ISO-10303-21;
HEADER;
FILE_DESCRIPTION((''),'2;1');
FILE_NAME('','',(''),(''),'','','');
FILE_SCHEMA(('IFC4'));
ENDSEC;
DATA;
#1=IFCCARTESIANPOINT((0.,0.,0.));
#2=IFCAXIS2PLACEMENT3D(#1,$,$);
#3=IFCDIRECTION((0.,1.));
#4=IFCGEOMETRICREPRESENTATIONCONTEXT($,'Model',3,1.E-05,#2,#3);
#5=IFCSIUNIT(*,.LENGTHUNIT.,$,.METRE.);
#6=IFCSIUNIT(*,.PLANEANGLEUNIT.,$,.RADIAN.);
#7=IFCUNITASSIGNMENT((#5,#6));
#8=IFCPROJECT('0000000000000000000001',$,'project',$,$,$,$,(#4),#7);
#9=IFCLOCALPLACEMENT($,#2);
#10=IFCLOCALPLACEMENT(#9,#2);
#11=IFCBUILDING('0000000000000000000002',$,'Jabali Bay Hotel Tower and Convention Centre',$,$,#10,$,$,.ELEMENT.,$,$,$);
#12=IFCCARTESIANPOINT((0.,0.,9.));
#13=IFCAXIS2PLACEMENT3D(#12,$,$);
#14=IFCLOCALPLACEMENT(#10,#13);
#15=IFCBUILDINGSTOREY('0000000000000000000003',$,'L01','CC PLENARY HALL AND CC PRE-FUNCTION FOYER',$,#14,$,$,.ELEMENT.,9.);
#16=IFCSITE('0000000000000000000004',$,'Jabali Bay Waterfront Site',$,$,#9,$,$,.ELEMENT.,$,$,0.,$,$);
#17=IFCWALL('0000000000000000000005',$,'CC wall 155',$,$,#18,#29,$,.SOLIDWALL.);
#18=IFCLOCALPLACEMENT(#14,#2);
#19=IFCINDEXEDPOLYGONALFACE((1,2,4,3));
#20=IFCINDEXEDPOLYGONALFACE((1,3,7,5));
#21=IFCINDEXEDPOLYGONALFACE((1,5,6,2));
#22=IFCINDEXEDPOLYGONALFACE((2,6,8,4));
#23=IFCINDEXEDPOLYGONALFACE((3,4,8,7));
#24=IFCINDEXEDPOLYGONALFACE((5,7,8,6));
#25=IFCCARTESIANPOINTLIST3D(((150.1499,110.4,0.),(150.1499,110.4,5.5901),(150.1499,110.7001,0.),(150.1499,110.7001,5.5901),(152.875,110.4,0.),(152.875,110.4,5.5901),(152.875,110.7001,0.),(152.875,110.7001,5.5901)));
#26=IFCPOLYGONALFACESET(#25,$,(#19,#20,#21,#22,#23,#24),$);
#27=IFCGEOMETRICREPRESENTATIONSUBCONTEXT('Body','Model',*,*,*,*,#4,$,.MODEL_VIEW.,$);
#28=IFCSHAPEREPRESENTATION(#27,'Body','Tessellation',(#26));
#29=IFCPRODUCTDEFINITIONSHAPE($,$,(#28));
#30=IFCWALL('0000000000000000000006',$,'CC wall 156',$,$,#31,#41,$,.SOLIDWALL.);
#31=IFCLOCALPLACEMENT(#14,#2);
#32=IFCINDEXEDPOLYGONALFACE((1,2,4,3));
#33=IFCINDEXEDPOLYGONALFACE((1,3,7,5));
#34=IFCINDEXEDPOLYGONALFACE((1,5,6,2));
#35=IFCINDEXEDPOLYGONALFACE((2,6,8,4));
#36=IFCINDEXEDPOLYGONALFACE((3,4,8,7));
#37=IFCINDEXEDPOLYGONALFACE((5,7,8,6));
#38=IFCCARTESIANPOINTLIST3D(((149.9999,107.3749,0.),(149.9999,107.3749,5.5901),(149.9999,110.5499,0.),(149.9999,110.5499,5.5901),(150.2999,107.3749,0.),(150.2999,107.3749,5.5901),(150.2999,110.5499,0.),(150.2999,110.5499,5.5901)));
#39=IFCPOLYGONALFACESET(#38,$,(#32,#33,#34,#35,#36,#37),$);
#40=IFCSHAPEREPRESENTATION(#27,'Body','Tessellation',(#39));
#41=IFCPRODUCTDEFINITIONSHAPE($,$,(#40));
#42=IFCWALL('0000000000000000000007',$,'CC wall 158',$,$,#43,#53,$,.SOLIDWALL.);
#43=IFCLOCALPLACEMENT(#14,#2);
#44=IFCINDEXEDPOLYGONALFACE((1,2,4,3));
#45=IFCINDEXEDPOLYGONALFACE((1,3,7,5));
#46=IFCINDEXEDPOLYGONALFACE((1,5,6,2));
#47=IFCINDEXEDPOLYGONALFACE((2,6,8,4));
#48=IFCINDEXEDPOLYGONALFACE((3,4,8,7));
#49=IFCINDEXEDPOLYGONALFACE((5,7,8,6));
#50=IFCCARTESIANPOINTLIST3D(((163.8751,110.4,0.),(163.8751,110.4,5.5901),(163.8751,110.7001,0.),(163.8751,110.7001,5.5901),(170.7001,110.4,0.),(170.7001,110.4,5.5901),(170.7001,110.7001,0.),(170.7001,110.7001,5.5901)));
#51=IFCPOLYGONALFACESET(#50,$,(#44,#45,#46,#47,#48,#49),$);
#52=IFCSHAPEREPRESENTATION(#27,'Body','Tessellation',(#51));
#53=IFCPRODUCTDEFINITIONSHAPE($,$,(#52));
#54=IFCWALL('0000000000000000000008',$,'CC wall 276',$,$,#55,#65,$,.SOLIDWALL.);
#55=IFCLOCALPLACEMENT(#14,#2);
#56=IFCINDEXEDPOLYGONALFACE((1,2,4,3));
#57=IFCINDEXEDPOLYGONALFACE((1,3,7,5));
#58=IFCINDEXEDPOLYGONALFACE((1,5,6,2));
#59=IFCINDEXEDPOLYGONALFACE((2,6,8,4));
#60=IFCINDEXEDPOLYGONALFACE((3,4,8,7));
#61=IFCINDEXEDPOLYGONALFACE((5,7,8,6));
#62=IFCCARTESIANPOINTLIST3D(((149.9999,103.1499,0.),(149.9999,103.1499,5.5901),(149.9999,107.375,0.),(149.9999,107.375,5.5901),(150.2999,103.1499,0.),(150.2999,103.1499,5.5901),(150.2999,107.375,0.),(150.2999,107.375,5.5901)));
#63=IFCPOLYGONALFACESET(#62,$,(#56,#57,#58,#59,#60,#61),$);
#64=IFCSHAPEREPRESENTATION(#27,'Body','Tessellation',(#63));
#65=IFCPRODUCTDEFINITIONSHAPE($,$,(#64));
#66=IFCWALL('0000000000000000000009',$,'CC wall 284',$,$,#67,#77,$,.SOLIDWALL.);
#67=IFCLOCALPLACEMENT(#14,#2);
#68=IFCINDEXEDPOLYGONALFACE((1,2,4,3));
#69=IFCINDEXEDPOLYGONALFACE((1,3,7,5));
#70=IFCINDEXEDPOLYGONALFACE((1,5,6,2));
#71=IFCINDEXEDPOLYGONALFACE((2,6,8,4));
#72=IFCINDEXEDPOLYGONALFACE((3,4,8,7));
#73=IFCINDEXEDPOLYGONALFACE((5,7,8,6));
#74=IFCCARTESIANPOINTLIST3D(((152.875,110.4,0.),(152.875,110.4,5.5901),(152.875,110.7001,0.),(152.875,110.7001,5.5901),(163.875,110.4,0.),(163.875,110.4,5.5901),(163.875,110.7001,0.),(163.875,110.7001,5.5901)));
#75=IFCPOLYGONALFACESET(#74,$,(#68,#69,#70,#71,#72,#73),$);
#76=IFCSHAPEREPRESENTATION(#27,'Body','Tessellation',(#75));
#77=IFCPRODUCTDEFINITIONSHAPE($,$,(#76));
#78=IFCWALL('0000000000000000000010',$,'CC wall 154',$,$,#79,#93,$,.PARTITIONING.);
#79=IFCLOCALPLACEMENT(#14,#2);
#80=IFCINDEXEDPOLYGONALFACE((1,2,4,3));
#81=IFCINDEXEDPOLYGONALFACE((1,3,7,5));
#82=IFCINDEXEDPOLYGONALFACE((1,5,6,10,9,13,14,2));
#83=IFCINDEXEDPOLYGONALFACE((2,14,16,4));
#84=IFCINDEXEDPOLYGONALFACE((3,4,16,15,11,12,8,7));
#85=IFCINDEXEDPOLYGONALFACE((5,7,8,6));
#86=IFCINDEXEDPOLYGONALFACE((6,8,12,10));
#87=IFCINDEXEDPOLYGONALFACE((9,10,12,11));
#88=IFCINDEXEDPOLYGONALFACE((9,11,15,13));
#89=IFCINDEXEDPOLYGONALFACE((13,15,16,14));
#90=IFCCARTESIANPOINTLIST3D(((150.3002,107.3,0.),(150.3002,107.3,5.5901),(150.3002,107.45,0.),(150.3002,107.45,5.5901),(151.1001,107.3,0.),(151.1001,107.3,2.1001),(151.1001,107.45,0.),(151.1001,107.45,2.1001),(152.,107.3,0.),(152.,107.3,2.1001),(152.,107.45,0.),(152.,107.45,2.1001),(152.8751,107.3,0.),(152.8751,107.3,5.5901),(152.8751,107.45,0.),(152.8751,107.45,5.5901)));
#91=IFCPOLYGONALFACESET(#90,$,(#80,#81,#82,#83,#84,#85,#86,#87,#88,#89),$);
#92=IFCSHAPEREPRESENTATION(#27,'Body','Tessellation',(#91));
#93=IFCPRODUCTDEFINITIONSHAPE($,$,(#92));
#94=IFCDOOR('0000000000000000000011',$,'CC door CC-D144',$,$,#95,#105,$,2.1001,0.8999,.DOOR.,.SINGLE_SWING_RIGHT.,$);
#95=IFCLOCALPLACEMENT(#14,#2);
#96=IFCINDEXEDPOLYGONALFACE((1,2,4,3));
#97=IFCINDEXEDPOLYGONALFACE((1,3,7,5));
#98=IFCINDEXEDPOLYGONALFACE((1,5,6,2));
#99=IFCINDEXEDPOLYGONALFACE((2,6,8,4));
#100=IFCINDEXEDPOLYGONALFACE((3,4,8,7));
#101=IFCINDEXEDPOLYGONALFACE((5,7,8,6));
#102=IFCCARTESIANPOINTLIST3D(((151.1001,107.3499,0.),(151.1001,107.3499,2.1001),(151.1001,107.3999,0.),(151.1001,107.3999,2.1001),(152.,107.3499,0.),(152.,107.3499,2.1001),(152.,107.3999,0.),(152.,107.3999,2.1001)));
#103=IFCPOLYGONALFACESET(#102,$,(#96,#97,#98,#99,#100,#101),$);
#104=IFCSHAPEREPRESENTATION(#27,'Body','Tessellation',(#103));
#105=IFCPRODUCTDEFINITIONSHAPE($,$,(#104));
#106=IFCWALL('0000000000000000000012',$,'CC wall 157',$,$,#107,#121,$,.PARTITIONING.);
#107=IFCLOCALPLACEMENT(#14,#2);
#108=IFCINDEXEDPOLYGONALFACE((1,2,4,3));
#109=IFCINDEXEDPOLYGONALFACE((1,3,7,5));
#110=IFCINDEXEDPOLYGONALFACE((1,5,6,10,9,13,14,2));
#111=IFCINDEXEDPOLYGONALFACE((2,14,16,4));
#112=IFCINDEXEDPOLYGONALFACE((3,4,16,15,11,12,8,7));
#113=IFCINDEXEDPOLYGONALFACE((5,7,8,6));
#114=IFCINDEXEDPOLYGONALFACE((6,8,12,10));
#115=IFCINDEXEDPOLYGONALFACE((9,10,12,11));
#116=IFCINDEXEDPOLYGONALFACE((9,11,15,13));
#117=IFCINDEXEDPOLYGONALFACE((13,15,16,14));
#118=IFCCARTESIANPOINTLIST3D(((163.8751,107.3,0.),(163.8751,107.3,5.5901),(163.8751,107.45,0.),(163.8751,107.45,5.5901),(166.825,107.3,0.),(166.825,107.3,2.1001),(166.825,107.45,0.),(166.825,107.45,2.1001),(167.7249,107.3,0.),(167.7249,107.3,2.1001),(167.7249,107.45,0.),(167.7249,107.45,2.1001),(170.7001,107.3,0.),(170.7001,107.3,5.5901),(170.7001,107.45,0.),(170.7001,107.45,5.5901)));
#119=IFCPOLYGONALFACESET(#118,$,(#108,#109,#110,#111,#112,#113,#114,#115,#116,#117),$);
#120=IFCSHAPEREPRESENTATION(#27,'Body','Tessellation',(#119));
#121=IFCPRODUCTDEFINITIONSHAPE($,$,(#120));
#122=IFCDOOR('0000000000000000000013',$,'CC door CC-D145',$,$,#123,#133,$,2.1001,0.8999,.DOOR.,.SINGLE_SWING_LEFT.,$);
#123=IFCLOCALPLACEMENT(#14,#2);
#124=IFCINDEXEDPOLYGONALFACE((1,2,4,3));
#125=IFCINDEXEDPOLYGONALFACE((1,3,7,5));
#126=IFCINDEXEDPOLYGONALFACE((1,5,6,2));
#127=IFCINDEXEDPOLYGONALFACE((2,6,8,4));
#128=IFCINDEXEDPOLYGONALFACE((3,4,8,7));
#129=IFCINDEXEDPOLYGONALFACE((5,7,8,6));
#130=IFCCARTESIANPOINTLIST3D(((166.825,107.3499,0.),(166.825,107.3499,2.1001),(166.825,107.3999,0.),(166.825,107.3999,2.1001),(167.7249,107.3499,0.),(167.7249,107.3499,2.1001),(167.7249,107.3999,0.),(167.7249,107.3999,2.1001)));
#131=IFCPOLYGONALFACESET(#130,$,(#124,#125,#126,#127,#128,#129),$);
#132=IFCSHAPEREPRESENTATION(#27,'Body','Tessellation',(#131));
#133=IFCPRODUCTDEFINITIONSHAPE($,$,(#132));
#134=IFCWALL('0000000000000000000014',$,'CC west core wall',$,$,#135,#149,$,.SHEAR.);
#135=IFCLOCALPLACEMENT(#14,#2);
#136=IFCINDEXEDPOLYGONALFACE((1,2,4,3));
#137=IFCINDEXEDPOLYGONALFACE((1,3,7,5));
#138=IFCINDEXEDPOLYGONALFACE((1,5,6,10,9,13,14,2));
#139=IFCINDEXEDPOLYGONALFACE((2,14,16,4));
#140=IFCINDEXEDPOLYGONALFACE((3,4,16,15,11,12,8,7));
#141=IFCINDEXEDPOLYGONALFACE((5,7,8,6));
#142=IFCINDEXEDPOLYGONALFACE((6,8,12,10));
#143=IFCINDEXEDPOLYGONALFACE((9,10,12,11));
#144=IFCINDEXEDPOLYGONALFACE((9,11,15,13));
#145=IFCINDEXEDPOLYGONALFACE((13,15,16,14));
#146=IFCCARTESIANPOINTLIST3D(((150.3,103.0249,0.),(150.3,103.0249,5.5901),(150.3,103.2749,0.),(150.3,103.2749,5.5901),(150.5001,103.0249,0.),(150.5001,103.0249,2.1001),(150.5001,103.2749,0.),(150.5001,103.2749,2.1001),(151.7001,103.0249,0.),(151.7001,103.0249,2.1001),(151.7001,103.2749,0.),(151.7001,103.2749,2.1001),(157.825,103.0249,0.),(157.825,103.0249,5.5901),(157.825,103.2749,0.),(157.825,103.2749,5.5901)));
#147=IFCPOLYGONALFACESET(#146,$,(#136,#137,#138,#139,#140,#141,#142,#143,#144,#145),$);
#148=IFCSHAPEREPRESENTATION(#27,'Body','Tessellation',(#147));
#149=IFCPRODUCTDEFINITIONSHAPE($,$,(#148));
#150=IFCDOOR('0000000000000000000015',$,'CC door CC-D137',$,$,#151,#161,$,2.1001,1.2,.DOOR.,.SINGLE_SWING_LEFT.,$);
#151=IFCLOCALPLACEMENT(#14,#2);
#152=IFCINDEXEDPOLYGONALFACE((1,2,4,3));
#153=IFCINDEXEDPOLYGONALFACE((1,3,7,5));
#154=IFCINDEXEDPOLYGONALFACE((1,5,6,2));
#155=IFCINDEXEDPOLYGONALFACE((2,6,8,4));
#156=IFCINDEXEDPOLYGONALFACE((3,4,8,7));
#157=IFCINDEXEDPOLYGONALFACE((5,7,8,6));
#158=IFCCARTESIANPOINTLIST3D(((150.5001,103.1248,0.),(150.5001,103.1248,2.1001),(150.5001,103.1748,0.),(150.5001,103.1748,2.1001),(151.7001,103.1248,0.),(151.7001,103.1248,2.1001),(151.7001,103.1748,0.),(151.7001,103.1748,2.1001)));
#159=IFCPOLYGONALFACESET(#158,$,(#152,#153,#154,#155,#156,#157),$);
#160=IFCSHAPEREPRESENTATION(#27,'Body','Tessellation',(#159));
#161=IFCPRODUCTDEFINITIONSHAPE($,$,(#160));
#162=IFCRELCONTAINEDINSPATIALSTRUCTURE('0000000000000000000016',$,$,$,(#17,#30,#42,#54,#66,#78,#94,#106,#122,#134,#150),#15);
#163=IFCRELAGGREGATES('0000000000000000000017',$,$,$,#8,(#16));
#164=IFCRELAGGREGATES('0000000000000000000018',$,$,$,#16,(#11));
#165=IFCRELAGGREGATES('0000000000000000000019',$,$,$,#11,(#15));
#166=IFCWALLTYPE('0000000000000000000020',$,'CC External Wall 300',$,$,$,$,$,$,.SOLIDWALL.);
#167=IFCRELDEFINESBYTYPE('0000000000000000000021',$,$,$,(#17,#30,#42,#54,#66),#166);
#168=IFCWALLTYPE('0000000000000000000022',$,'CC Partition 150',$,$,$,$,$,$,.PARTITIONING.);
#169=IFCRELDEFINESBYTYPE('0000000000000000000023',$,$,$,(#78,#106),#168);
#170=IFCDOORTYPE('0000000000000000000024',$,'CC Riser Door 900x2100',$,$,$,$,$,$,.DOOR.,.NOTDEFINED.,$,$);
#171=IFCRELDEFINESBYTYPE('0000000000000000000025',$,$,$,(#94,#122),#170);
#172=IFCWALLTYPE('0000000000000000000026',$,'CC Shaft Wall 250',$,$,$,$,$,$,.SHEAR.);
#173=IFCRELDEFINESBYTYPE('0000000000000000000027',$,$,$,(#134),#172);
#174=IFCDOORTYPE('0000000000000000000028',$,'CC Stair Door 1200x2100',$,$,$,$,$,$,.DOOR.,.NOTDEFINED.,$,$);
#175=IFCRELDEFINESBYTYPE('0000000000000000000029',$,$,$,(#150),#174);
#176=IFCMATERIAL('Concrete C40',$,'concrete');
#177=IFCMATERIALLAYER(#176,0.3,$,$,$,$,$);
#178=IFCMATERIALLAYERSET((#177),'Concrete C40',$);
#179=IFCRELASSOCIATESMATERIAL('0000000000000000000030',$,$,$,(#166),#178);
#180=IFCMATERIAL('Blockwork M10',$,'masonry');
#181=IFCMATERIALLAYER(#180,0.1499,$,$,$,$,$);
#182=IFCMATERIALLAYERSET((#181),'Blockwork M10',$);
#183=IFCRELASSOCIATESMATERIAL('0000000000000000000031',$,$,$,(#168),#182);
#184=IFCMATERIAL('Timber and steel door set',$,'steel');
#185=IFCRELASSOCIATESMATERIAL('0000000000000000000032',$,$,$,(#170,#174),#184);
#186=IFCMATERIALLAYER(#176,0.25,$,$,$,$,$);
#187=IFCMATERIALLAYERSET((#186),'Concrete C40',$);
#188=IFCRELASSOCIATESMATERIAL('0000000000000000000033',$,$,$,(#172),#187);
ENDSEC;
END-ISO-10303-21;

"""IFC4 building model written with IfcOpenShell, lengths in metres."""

from ifc_helpers import new_model, si_unit, direction, frame, frame_2d, origin, place, context, subcontext, project, spatial, rectangle, extrude, material, layer, layer_set, type_object, element, fill, save


model = new_model("IFC4")

# Units and contexts
model_context = context("Model", 3, precision=1e-05, world=origin(), true_north=direction((0.0, 1.0)))
body_context = subcontext(model_context, "Body", "Model", "MODEL_VIEW")
ifc_project = project(units=[si_unit("LENGTHUNIT", "METRE"), si_unit("PLANEANGLEUNIT", "RADIAN")], contexts=[model_context])

# Site, building, storey
site_placement = place(None, origin())
site = spatial("IfcSite", under=ifc_project, at=site_placement, Name="Jabali Bay Waterfront Site", CompositionType="ELEMENT", RefElevation=0.0)
building_placement = place(site_placement, origin())
building = spatial("IfcBuilding", under=site, at=building_placement, Name="Jabali Bay Hotel Tower and Convention Centre", CompositionType="ELEMENT")
storey_placement = place(building_placement, frame((0.0, 0.0, 9.0)))
storey = spatial("IfcBuildingStorey", under=building, at=storey_placement, Name="L01", Description="CC PLENARY HALL AND CC PRE-FUNCTION FOYER", CompositionType="ELEMENT", Elevation=9.0)

# Walls
ifc_material_1 = material(Name="Concrete C40", Category="concrete")
ifc_layer_1 = layer(ifc_material_1, 0.3)
ifc_layer_set_1 = layer_set([ifc_layer_1], Name="Concrete C40")
wall_type_1 = type_object("IfcWallType", Name="CC External Wall 300", PredefinedType="SOLIDWALL", material=ifc_layer_set_1)
wall_1_placement = place(storey_placement, frame((150.1499, 110.55, 0.0), z_axis=(0.0, 0.0, 1.0), x_axis=(1.0, 0.0, 0.0)))
element("IfcWall", 1, at=wall_1_placement, inside=storey, type_object=wall_type_1, Name="CC wall 155", PredefinedType="SOLIDWALL", context=body_context, shape_type="SweptSolid", body=[
    extrude(rectangle(XDim=2.7251, YDim=0.3, at=frame_2d((1.3625, 0.0))), origin(), (0.0, 0.0, 1.0), 5.5901),
])
wall_2_placement = place(storey_placement, frame((150.1499, 107.375, 0.0), z_axis=(0.0, 0.0, 1.0), x_axis=(0.0, 1.0, 0.0)))
element("IfcWall", 2, at=wall_2_placement, inside=storey, type_object=wall_type_1, Name="CC wall 156", PredefinedType="SOLIDWALL", context=body_context, shape_type="SweptSolid", body=[
    extrude(rectangle(XDim=3.175, YDim=0.3, at=frame_2d((1.5874, 0.0))), origin(), (0.0, 0.0, 1.0), 5.5901),
])
wall_3_placement = place(storey_placement, frame((163.875, 110.55, 0.0), z_axis=(0.0, 0.0, 1.0), x_axis=(1.0, 0.0, 0.0)))
element("IfcWall", 3, at=wall_3_placement, inside=storey, type_object=wall_type_1, Name="CC wall 158", PredefinedType="SOLIDWALL", context=body_context, shape_type="SweptSolid", body=[
    extrude(rectangle(XDim=6.825, YDim=0.3, at=frame_2d((3.4126, 0.0))), origin(), (0.0, 0.0, 1.0), 5.5901),
])
wall_4_placement = place(storey_placement, frame((150.1499, 103.1499, 0.0), z_axis=(0.0, 0.0, 1.0), x_axis=(0.0, 1.0, 0.0)))
element("IfcWall", 4, at=wall_4_placement, inside=storey, type_object=wall_type_1, Name="CC wall 276", PredefinedType="SOLIDWALL", context=body_context, shape_type="SweptSolid", body=[
    extrude(rectangle(XDim=4.2251, YDim=0.3, at=frame_2d((2.1125, 0.0))), origin(), (0.0, 0.0, 1.0), 5.5901),
])
wall_5_placement = place(storey_placement, frame((152.875, 110.55, 0.0), z_axis=(0.0, 0.0, 1.0), x_axis=(1.0, 0.0, 0.0)))
element("IfcWall", 5, at=wall_5_placement, inside=storey, type_object=wall_type_1, Name="CC wall 284", PredefinedType="SOLIDWALL", context=body_context, shape_type="SweptSolid", body=[
    extrude(rectangle(XDim=11.0, YDim=0.3, at=frame_2d((5.5, 0.0))), origin(), (0.0, 0.0, 1.0), 5.5901),
])

# Walls, openings, doors
ifc_material_2 = material(Name="Blockwork M10", Category="masonry")
ifc_layer_2 = layer(ifc_material_2, 0.1499)
ifc_layer_set_2 = layer_set([ifc_layer_2], Name="Blockwork M10")
wall_type_2 = type_object("IfcWallType", Name="CC Partition 150", PredefinedType="PARTITIONING", material=ifc_layer_set_2)
wall_6_placement = place(storey_placement, frame((150.3, 107.375, 0.0), z_axis=(0.0, 0.0, 1.0), x_axis=(1.0, 0.0, 0.0)))
wall_6 = element("IfcWall", 6, at=wall_6_placement, inside=storey, type_object=wall_type_2, Name="CC wall 154", PredefinedType="PARTITIONING", context=body_context, shape_type="SweptSolid", body=[
    extrude(rectangle(XDim=2.575, YDim=0.1499, at=frame_2d((1.2876, 0.0))), origin(), (0.0, 0.0, 1.0), 5.5901),
])
opening_1_placement = place(wall_6_placement, frame((0.8, 0.0, 0.0)))
opening_1 = element("IfcOpeningElement", 7, at=opening_1_placement, cuts=wall_6, PredefinedType="OPENING", context=body_context, shape_type="SweptSolid", body=[
    extrude(rectangle(XDim=0.8999, YDim=2.1001, at=frame_2d((0.45, 1.05))), frame((0.0, 0.0854, 0.0), z_axis=(0.0, -1.0, 0.0), x_axis=(1.0, 0.0, 0.0)), (0.0, 0.0, 1.0), 0.1709),
])
ifc_material_3 = material(Name="Timber and steel door set", Category="steel")
door_type_1 = type_object("IfcDoorType", Name="CC Riser Door 900x2100", OperationType="NOTDEFINED", PredefinedType="DOOR", material=ifc_material_3)
door_1_placement = place(opening_1_placement, origin())
door_1 = element("IfcDoor", 8, at=door_1_placement, inside=storey, type_object=door_type_1, Name="CC door CC-D144", OperationType="SINGLE_SWING_RIGHT", OverallHeight=2.1001, OverallWidth=0.8999, PredefinedType="DOOR", context=body_context, shape_type="SweptSolid", body=[
    extrude(rectangle(XDim=0.8999, YDim=2.1001, at=frame_2d((0.45, 1.05))), frame((0.0, 0.0249, 0.0), z_axis=(0.0, -1.0, 0.0), x_axis=(1.0, 0.0, 0.0)), (0.0, 0.0, 1.0), 0.05),
])
fill(opening_1, door_1)
wall_7_placement = place(storey_placement, frame((163.875, 107.375, 0.0), z_axis=(0.0, 0.0, 1.0), x_axis=(1.0, 0.0, 0.0)))
wall_7 = element("IfcWall", 9, at=wall_7_placement, inside=storey, type_object=wall_type_2, Name="CC wall 157", PredefinedType="PARTITIONING", context=body_context, shape_type="SweptSolid", body=[
    extrude(rectangle(XDim=6.825, YDim=0.1499, at=frame_2d((3.4126, 0.0))), origin(), (0.0, 0.0, 1.0), 5.5901),
])
opening_2_placement = place(wall_7_placement, frame((2.95, 0.0, 0.0)))
opening_2 = element("IfcOpeningElement", 10, at=opening_2_placement, cuts=wall_7, PredefinedType="OPENING", context=body_context, shape_type="SweptSolid", body=[
    extrude(rectangle(XDim=0.8999, YDim=2.1001, at=frame_2d((0.45, 1.05))), frame((0.0, 0.0854, 0.0), z_axis=(0.0, -1.0, 0.0), x_axis=(1.0, 0.0, 0.0)), (0.0, 0.0, 1.0), 0.1709),
])
door_2_placement = place(opening_2_placement, origin())
door_2 = element("IfcDoor", 11, at=door_2_placement, inside=storey, type_object=door_type_1, Name="CC door CC-D145", OperationType="SINGLE_SWING_LEFT", OverallHeight=2.1001, OverallWidth=0.8999, PredefinedType="DOOR", context=body_context, shape_type="SweptSolid", body=[
    extrude(rectangle(XDim=0.8999, YDim=2.1001, at=frame_2d((0.45, 1.05))), frame((0.0, 0.0249, 0.0), z_axis=(0.0, -1.0, 0.0), x_axis=(1.0, 0.0, 0.0)), (0.0, 0.0, 1.0), 0.05),
])
fill(opening_2, door_2)
ifc_layer_3 = layer(ifc_material_1, 0.25)
ifc_layer_set_3 = layer_set([ifc_layer_3], Name="Concrete C40")
wall_type_3 = type_object("IfcWallType", Name="CC Shaft Wall 250", PredefinedType="SHEAR", material=ifc_layer_set_3)
wall_8_placement = place(storey_placement, frame((150.3, 103.1499, 0.0), z_axis=(0.0, 0.0, 1.0), x_axis=(1.0, 0.0, 0.0)))
wall_8 = element("IfcWall", 12, at=wall_8_placement, inside=storey, type_object=wall_type_3, Name="CC west core wall", PredefinedType="SHEAR", context=body_context, shape_type="SweptSolid", body=[
    extrude(rectangle(XDim=7.5249, YDim=0.25, at=frame_2d((3.7625, 0.0))), origin(), (0.0, 0.0, 1.0), 5.5901),
])
opening_3_placement = place(wall_8_placement, frame((0.2, 0.0, 0.0)))
opening_3 = element("IfcOpeningElement", 13, at=opening_3_placement, cuts=wall_8, PredefinedType="OPENING", context=body_context, shape_type="SweptSolid", body=[
    extrude(rectangle(XDim=1.2, YDim=2.1001, at=frame_2d((0.6001, 1.05))), frame((0.0, 0.1355, 0.0), z_axis=(0.0, -1.0, 0.0), x_axis=(1.0, 0.0, 0.0)), (0.0, 0.0, 1.0), 0.271),
])
door_type_2 = type_object("IfcDoorType", Name="CC Stair Door 1200x2100", OperationType="NOTDEFINED", PredefinedType="DOOR", material=ifc_material_3)
door_3_placement = place(opening_3_placement, origin())
door_3 = element("IfcDoor", 14, at=door_3_placement, inside=storey, type_object=door_type_2, Name="CC door CC-D137", OperationType="SINGLE_SWING_LEFT", OverallHeight=2.1001, OverallWidth=1.2, PredefinedType="DOOR", context=body_context, shape_type="SweptSolid", body=[
    extrude(rectangle(XDim=1.2, YDim=2.1001, at=frame_2d((0.6001, 1.05))), frame((0.0, 0.0249, 0.0), z_axis=(0.0, -1.0, 0.0), x_axis=(1.0, 0.0, 0.0)), (0.0, 0.0, 1.0), 0.05),
])
fill(opening_3, door_3)

save(model, "model.ifc")
